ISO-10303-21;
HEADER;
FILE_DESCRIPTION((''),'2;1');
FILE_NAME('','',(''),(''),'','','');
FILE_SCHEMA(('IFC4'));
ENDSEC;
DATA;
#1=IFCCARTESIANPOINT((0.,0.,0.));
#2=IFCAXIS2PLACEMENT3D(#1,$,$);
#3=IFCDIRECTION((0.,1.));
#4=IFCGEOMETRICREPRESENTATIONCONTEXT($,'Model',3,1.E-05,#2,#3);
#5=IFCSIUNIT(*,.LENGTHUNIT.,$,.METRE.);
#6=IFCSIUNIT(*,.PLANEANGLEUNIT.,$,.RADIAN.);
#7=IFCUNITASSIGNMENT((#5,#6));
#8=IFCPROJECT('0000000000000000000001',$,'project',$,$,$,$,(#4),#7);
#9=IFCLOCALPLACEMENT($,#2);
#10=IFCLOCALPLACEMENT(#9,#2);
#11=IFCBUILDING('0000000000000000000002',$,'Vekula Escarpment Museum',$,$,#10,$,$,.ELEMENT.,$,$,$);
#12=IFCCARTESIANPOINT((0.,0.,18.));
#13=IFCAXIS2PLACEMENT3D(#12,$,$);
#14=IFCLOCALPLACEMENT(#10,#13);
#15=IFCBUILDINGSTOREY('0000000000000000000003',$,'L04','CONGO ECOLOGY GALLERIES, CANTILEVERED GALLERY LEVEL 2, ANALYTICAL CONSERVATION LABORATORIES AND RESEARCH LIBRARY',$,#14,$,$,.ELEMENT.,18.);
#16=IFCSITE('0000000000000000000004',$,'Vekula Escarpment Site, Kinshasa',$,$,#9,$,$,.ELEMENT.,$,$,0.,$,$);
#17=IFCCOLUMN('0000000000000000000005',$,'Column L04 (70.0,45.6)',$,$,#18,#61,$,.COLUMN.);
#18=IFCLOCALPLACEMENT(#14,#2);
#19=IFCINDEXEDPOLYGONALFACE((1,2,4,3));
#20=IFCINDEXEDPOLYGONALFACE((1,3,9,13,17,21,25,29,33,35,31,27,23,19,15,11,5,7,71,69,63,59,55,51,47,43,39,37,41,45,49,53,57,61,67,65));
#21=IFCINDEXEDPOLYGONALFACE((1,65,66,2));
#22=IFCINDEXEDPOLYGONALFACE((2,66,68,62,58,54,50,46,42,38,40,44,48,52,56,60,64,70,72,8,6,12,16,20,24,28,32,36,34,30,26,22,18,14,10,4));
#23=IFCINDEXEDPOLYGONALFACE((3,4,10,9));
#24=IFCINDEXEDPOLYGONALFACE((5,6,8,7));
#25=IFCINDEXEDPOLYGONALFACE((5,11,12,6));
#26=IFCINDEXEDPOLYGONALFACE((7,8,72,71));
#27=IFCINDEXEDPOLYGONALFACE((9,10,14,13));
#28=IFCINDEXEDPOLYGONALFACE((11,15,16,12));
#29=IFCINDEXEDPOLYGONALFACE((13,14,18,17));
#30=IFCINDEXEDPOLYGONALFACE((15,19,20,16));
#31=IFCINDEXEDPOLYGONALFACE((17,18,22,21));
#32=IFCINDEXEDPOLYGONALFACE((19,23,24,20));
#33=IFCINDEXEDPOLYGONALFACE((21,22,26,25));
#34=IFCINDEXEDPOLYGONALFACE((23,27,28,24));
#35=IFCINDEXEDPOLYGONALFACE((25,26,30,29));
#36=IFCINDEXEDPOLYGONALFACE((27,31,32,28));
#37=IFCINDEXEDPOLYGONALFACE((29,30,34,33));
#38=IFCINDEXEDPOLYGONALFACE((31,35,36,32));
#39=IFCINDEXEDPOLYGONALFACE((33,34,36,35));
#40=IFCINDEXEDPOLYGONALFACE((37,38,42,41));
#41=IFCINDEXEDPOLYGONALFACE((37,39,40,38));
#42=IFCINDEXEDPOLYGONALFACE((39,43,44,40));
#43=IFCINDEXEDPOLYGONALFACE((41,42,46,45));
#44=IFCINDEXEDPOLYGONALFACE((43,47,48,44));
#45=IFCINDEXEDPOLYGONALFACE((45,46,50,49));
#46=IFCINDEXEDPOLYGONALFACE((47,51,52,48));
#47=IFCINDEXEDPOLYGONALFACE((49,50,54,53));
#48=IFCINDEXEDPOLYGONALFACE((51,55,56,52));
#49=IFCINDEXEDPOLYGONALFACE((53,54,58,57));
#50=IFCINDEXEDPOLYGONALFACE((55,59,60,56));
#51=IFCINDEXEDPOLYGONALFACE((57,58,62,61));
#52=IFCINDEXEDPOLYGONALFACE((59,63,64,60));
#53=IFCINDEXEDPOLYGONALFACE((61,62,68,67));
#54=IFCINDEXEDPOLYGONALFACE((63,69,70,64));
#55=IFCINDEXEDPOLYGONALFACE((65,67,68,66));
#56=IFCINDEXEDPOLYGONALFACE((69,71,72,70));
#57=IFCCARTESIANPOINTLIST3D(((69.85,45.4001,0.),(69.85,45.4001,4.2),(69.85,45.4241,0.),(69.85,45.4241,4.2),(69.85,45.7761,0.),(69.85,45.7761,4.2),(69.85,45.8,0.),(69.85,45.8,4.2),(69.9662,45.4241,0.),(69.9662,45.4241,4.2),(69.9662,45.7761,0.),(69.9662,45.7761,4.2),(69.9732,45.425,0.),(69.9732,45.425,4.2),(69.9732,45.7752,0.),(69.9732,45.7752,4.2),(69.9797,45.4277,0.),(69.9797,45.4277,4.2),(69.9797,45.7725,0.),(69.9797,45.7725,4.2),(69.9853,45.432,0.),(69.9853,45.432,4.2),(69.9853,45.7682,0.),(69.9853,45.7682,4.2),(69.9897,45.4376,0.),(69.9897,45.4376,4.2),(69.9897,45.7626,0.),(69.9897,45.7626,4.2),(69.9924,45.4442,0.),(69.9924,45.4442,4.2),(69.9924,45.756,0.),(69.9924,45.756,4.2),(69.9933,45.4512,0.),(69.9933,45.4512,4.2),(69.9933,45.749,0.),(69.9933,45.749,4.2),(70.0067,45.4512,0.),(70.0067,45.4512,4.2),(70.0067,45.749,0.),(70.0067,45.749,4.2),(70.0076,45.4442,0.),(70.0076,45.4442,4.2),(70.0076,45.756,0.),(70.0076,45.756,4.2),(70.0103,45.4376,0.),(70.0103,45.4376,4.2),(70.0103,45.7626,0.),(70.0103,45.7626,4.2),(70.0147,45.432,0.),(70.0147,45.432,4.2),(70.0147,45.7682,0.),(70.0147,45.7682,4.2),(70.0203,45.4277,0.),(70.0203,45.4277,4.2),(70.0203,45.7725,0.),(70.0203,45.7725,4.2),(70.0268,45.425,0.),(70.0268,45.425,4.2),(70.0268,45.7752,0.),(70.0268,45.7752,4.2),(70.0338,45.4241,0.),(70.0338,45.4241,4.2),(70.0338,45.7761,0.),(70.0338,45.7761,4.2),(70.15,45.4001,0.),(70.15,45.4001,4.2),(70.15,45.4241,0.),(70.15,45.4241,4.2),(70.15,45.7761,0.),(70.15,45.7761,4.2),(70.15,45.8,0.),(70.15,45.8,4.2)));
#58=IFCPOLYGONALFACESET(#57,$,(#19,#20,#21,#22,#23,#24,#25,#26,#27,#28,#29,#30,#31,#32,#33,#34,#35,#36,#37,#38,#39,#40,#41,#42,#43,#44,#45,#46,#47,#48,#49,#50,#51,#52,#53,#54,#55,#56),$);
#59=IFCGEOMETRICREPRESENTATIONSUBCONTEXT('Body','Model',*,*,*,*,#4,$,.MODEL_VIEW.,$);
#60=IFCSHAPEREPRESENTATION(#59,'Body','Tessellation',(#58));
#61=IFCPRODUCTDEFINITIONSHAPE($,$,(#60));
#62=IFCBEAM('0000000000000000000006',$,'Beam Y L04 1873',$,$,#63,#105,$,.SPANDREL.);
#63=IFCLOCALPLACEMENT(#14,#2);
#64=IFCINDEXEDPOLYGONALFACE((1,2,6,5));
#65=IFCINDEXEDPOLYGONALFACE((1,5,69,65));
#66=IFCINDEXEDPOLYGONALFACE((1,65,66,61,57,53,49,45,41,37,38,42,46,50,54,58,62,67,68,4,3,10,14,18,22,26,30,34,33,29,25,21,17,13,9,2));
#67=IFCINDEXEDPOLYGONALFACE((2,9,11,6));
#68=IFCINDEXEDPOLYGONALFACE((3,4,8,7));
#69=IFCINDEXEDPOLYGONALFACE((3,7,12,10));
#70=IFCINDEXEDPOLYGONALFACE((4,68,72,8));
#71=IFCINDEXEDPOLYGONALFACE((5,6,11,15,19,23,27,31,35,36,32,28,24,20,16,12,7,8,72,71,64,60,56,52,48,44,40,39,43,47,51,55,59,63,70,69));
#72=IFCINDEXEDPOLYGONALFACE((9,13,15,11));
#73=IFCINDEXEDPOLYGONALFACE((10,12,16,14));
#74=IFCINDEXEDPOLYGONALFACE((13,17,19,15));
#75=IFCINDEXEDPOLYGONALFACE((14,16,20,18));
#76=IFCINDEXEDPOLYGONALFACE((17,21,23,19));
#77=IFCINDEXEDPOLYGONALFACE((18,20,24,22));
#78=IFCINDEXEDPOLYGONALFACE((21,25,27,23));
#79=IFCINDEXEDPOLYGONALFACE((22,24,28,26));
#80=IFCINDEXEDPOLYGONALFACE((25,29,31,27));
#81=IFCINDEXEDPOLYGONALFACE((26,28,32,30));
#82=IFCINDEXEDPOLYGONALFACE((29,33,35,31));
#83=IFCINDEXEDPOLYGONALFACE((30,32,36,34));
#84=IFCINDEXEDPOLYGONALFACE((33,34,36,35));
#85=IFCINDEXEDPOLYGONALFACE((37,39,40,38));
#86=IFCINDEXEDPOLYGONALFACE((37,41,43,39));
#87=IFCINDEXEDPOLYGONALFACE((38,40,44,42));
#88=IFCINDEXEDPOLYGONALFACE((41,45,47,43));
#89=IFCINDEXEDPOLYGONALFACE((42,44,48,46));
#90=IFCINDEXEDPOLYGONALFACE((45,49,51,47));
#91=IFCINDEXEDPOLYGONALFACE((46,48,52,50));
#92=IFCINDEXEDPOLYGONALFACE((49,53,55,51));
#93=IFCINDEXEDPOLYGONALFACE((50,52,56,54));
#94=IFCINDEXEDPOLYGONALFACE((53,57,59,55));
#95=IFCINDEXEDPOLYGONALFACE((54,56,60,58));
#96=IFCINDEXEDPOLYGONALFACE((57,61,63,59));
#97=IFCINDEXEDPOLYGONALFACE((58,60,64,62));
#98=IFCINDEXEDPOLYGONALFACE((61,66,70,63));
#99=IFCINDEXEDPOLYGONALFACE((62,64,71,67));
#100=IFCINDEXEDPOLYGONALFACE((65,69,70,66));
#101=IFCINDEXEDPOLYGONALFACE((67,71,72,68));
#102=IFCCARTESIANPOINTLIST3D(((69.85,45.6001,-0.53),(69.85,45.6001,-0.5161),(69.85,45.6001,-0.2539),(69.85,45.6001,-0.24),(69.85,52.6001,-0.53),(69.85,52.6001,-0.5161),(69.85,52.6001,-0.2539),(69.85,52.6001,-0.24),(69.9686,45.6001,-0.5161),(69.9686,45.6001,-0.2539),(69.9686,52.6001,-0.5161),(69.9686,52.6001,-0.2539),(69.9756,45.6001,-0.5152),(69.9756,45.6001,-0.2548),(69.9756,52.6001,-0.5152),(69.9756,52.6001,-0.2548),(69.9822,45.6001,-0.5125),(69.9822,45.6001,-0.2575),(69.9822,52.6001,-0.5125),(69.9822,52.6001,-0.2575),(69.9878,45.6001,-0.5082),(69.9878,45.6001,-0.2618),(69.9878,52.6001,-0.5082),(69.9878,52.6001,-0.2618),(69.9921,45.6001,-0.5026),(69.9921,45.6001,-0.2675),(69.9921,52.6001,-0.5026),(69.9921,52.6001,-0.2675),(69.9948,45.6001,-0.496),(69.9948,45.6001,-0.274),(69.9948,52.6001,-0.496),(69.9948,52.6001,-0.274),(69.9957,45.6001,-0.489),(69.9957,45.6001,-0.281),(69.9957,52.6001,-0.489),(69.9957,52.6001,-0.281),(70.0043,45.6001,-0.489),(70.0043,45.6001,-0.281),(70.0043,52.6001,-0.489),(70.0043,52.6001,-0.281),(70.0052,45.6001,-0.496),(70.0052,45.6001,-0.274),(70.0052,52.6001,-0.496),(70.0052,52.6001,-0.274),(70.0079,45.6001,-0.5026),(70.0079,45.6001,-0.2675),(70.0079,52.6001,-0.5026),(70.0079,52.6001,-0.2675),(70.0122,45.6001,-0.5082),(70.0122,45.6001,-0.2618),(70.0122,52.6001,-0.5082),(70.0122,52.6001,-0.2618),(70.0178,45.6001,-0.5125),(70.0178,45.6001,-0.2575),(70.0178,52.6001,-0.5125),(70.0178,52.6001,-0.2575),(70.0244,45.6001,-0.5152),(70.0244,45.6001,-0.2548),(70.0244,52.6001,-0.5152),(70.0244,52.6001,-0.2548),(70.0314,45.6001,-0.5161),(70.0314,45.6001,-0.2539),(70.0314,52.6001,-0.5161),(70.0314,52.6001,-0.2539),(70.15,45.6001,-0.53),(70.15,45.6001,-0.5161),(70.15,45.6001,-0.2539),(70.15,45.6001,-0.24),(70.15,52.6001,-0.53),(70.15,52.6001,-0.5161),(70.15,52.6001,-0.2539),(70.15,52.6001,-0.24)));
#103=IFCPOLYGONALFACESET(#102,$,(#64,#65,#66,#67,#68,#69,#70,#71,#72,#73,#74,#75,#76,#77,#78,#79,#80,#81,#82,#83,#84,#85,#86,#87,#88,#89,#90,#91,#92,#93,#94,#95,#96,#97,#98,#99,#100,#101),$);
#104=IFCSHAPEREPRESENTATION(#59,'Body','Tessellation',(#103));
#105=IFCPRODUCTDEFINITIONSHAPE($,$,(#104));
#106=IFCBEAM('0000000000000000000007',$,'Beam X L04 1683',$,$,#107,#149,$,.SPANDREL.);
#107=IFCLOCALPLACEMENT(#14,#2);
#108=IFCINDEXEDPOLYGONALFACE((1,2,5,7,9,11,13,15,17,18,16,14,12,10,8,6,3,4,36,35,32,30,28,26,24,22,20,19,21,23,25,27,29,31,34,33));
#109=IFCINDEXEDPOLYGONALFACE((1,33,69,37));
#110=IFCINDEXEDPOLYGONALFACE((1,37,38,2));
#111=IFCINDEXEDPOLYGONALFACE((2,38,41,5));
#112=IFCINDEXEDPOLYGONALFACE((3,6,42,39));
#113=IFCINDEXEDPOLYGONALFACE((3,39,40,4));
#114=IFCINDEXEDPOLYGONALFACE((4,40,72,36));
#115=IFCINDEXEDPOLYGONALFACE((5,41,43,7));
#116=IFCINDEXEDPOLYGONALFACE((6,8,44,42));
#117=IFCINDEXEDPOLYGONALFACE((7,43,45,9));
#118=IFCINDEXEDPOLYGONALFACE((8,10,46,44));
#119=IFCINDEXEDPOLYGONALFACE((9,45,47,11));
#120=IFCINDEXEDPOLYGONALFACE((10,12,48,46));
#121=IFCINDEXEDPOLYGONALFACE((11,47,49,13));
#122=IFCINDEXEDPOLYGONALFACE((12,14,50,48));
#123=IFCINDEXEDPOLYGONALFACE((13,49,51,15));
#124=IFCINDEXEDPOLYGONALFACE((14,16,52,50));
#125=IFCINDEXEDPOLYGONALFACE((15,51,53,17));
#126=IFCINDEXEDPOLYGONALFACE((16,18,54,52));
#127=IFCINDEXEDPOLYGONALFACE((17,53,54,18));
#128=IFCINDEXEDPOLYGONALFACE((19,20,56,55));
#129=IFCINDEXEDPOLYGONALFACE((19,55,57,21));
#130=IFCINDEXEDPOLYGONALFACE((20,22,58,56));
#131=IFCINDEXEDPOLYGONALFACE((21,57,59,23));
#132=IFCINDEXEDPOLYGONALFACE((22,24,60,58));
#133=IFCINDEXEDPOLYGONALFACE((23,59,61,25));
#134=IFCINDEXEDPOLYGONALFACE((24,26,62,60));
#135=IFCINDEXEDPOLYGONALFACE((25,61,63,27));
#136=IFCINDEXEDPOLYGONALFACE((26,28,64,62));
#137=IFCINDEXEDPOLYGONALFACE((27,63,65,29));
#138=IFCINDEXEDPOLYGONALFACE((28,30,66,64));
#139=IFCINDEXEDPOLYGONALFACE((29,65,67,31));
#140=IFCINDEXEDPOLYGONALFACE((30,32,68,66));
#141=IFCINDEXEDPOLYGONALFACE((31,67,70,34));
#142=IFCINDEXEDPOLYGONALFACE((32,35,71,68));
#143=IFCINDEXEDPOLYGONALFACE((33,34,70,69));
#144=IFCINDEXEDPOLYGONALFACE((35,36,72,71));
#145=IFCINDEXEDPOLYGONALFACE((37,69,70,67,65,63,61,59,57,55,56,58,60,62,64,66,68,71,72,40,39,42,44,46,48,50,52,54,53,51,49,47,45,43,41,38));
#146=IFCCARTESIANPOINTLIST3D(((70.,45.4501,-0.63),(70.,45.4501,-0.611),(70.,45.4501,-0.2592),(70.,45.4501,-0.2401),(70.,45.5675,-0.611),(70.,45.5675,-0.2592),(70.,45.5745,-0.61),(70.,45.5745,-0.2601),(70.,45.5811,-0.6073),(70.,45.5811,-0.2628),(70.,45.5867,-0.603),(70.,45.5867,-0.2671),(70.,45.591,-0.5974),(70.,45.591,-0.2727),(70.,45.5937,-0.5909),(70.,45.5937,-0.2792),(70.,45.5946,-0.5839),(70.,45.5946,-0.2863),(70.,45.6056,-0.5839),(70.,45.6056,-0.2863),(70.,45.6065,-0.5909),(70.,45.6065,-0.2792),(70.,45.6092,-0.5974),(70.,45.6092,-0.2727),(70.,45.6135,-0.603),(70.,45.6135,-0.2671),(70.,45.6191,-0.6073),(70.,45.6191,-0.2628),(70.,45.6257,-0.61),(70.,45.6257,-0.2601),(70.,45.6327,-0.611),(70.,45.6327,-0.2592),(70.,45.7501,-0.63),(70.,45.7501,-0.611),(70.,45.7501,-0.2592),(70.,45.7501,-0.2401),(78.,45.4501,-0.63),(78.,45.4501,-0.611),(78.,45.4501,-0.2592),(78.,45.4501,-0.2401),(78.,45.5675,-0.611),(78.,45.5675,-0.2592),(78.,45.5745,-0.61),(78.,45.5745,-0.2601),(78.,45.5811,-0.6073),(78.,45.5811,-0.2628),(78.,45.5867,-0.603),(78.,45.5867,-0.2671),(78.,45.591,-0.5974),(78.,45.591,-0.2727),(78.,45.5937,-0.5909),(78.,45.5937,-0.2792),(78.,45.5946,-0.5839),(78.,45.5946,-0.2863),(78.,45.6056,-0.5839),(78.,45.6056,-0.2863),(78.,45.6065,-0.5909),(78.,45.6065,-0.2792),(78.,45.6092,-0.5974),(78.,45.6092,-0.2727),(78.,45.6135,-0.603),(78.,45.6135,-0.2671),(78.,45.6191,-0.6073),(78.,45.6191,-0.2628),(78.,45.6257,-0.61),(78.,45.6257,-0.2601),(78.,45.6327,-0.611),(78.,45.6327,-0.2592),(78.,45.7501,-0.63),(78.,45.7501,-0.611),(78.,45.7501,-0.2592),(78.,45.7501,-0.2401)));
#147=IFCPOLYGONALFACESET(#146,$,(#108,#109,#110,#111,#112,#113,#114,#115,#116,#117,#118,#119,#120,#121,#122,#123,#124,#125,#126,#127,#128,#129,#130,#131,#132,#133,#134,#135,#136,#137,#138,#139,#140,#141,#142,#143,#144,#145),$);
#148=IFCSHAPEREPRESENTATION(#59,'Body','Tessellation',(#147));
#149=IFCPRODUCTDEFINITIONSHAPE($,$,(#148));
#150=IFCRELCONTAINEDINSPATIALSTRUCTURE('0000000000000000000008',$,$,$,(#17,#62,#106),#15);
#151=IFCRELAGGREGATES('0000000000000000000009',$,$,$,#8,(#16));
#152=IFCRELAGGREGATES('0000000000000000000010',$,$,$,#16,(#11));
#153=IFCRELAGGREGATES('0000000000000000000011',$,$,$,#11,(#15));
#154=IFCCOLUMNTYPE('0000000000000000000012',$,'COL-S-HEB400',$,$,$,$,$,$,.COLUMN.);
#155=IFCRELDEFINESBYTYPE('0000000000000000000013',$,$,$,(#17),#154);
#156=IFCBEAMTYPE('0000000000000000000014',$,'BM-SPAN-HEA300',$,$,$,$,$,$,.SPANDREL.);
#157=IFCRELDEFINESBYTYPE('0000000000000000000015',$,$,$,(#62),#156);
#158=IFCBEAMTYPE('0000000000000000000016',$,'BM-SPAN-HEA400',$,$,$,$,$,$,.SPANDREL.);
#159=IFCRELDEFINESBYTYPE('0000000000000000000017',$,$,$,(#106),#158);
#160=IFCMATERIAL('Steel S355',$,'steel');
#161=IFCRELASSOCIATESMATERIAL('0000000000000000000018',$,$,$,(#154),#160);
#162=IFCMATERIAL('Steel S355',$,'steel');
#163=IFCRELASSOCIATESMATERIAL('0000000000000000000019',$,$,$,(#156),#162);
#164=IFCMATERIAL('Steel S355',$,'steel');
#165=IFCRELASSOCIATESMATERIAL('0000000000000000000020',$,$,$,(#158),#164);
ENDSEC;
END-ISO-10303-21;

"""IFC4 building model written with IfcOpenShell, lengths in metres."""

from ifc_helpers import new_model, si_unit, direction, frame, origin, origin_2d, place, context, subcontext, project, spatial, i_section, extrude, material, material_profile, profile_set, type_object, element, save


model = new_model("IFC4")

# Units and contexts
model_context = context("Model", 3, precision=1e-05, world=origin(), true_north=direction((0.0, 1.0)))
body_context = subcontext(model_context, "Body", "Model", "MODEL_VIEW")
ifc_project = project(units=[si_unit("LENGTHUNIT", "METRE"), si_unit("PLANEANGLEUNIT", "RADIAN")], contexts=[model_context])

# Site, building, storey
site_placement = place(None, origin())
site = spatial("IfcSite", under=ifc_project, at=site_placement, Name="Vekula Escarpment Site, Kinshasa", CompositionType="ELEMENT", RefElevation=0.0)
building_placement = place(site_placement, origin())
building = spatial("IfcBuilding", under=site, at=building_placement, Name="Vekula Escarpment Museum", CompositionType="ELEMENT")
storey_placement = place(building_placement, frame((0.0, 0.0, 18.0)))
storey = spatial("IfcBuildingStorey", under=building, at=storey_placement, Name="L04", Description="CONGO ECOLOGY GALLERIES, CANTILEVERED GALLERY LEVEL 2, ANALYTICAL CONSERVATION LABORATORIES AND RESEARCH LIBRARY", CompositionType="ELEMENT", Elevation=18.0)

# Column
ifc_material_1 = material(Name="Steel S355", Category="steel")
ifc_material_profile_1 = material_profile(ifc_material_1, i_section(OverallWidth=0.3, OverallDepth=0.3999, WebThickness=0.0134, FlangeThickness=0.0239, FilletRadius=0.0271, at=origin_2d()), Name="HEB 400")
ifc_profile_set_1 = profile_set([ifc_material_profile_1], Name="Steel S355")
column_type = type_object("IfcColumnType", Name="COL-S-HEB400", PredefinedType="COLUMN", material=ifc_profile_set_1)
column_placement = place(storey_placement, frame((70.0, 45.6001, 0.0), z_axis=(0.0, 0.0, 1.0), x_axis=(1.0, 0.0, 0.0)))
element("IfcColumn", 1, at=column_placement, inside=storey, type_object=column_type, Name="Column L04 (70.0,45.6)", PredefinedType="COLUMN", context=body_context, shape_type="SweptSolid", body=[
    extrude(i_section(OverallWidth=0.3, OverallDepth=0.3999, WebThickness=0.0134, FlangeThickness=0.0239, FilletRadius=0.0271, at=origin_2d()), origin(), (0.0, 0.0, 1.0), 4.2),
])

# Beams
ifc_material_2 = material(Name="Steel S355", Category="steel")
ifc_material_profile_2 = material_profile(ifc_material_2, i_section(OverallWidth=0.3, OverallDepth=0.29, WebThickness=0.0085, FlangeThickness=0.0139, FilletRadius=0.0271, at=origin_2d()), Name="HEA 300")
ifc_profile_set_2 = profile_set([ifc_material_profile_2], Name="Steel S355")
beam_type_1 = type_object("IfcBeamType", Name="BM-SPAN-HEA300", PredefinedType="SPANDREL", material=ifc_profile_set_2)
beam_1_placement = place(storey_placement, frame((70.0, 45.6001, -0.385), z_axis=(0.0, 1.0, 0.0), x_axis=(-1.0, 0.0, 0.0)))
element("IfcBeam", 2, at=beam_1_placement, inside=storey, type_object=beam_type_1, Name="Beam Y L04 1873", PredefinedType="SPANDREL", context=body_context, shape_type="SweptSolid", body=[
    extrude(i_section(OverallWidth=0.3, OverallDepth=0.29, WebThickness=0.0085, FlangeThickness=0.0139, FilletRadius=0.0271, at=origin_2d()), origin(), (0.0, 0.0, 1.0), 7.0),
])
ifc_material_3 = material(Name="Steel S355", Category="steel")
ifc_material_profile_3 = material_profile(ifc_material_3, i_section(OverallWidth=0.3, OverallDepth=0.3899, WebThickness=0.011, FlangeThickness=0.019, FilletRadius=0.0271, at=origin_2d()), Name="HEA 400")
ifc_profile_set_3 = profile_set([ifc_material_profile_3], Name="Steel S355")
beam_type_2 = type_object("IfcBeamType", Name="BM-SPAN-HEA400", PredefinedType="SPANDREL", material=ifc_profile_set_3)
beam_2_placement = place(storey_placement, frame((70.0, 45.6001, -0.4351), z_axis=(1.0, 0.0, 0.0), x_axis=(0.0, 1.0, 0.0)))
element("IfcBeam", 3, at=beam_2_placement, inside=storey, type_object=beam_type_2, Name="Beam X L04 1683", PredefinedType="SPANDREL", context=body_context, shape_type="SweptSolid", body=[
    extrude(i_section(OverallWidth=0.3, OverallDepth=0.3899, WebThickness=0.011, FlangeThickness=0.019, FilletRadius=0.0271, at=origin_2d()), origin(), (0.0, 0.0, 1.0), 8.0),
])

save(model, "model.ifc")
